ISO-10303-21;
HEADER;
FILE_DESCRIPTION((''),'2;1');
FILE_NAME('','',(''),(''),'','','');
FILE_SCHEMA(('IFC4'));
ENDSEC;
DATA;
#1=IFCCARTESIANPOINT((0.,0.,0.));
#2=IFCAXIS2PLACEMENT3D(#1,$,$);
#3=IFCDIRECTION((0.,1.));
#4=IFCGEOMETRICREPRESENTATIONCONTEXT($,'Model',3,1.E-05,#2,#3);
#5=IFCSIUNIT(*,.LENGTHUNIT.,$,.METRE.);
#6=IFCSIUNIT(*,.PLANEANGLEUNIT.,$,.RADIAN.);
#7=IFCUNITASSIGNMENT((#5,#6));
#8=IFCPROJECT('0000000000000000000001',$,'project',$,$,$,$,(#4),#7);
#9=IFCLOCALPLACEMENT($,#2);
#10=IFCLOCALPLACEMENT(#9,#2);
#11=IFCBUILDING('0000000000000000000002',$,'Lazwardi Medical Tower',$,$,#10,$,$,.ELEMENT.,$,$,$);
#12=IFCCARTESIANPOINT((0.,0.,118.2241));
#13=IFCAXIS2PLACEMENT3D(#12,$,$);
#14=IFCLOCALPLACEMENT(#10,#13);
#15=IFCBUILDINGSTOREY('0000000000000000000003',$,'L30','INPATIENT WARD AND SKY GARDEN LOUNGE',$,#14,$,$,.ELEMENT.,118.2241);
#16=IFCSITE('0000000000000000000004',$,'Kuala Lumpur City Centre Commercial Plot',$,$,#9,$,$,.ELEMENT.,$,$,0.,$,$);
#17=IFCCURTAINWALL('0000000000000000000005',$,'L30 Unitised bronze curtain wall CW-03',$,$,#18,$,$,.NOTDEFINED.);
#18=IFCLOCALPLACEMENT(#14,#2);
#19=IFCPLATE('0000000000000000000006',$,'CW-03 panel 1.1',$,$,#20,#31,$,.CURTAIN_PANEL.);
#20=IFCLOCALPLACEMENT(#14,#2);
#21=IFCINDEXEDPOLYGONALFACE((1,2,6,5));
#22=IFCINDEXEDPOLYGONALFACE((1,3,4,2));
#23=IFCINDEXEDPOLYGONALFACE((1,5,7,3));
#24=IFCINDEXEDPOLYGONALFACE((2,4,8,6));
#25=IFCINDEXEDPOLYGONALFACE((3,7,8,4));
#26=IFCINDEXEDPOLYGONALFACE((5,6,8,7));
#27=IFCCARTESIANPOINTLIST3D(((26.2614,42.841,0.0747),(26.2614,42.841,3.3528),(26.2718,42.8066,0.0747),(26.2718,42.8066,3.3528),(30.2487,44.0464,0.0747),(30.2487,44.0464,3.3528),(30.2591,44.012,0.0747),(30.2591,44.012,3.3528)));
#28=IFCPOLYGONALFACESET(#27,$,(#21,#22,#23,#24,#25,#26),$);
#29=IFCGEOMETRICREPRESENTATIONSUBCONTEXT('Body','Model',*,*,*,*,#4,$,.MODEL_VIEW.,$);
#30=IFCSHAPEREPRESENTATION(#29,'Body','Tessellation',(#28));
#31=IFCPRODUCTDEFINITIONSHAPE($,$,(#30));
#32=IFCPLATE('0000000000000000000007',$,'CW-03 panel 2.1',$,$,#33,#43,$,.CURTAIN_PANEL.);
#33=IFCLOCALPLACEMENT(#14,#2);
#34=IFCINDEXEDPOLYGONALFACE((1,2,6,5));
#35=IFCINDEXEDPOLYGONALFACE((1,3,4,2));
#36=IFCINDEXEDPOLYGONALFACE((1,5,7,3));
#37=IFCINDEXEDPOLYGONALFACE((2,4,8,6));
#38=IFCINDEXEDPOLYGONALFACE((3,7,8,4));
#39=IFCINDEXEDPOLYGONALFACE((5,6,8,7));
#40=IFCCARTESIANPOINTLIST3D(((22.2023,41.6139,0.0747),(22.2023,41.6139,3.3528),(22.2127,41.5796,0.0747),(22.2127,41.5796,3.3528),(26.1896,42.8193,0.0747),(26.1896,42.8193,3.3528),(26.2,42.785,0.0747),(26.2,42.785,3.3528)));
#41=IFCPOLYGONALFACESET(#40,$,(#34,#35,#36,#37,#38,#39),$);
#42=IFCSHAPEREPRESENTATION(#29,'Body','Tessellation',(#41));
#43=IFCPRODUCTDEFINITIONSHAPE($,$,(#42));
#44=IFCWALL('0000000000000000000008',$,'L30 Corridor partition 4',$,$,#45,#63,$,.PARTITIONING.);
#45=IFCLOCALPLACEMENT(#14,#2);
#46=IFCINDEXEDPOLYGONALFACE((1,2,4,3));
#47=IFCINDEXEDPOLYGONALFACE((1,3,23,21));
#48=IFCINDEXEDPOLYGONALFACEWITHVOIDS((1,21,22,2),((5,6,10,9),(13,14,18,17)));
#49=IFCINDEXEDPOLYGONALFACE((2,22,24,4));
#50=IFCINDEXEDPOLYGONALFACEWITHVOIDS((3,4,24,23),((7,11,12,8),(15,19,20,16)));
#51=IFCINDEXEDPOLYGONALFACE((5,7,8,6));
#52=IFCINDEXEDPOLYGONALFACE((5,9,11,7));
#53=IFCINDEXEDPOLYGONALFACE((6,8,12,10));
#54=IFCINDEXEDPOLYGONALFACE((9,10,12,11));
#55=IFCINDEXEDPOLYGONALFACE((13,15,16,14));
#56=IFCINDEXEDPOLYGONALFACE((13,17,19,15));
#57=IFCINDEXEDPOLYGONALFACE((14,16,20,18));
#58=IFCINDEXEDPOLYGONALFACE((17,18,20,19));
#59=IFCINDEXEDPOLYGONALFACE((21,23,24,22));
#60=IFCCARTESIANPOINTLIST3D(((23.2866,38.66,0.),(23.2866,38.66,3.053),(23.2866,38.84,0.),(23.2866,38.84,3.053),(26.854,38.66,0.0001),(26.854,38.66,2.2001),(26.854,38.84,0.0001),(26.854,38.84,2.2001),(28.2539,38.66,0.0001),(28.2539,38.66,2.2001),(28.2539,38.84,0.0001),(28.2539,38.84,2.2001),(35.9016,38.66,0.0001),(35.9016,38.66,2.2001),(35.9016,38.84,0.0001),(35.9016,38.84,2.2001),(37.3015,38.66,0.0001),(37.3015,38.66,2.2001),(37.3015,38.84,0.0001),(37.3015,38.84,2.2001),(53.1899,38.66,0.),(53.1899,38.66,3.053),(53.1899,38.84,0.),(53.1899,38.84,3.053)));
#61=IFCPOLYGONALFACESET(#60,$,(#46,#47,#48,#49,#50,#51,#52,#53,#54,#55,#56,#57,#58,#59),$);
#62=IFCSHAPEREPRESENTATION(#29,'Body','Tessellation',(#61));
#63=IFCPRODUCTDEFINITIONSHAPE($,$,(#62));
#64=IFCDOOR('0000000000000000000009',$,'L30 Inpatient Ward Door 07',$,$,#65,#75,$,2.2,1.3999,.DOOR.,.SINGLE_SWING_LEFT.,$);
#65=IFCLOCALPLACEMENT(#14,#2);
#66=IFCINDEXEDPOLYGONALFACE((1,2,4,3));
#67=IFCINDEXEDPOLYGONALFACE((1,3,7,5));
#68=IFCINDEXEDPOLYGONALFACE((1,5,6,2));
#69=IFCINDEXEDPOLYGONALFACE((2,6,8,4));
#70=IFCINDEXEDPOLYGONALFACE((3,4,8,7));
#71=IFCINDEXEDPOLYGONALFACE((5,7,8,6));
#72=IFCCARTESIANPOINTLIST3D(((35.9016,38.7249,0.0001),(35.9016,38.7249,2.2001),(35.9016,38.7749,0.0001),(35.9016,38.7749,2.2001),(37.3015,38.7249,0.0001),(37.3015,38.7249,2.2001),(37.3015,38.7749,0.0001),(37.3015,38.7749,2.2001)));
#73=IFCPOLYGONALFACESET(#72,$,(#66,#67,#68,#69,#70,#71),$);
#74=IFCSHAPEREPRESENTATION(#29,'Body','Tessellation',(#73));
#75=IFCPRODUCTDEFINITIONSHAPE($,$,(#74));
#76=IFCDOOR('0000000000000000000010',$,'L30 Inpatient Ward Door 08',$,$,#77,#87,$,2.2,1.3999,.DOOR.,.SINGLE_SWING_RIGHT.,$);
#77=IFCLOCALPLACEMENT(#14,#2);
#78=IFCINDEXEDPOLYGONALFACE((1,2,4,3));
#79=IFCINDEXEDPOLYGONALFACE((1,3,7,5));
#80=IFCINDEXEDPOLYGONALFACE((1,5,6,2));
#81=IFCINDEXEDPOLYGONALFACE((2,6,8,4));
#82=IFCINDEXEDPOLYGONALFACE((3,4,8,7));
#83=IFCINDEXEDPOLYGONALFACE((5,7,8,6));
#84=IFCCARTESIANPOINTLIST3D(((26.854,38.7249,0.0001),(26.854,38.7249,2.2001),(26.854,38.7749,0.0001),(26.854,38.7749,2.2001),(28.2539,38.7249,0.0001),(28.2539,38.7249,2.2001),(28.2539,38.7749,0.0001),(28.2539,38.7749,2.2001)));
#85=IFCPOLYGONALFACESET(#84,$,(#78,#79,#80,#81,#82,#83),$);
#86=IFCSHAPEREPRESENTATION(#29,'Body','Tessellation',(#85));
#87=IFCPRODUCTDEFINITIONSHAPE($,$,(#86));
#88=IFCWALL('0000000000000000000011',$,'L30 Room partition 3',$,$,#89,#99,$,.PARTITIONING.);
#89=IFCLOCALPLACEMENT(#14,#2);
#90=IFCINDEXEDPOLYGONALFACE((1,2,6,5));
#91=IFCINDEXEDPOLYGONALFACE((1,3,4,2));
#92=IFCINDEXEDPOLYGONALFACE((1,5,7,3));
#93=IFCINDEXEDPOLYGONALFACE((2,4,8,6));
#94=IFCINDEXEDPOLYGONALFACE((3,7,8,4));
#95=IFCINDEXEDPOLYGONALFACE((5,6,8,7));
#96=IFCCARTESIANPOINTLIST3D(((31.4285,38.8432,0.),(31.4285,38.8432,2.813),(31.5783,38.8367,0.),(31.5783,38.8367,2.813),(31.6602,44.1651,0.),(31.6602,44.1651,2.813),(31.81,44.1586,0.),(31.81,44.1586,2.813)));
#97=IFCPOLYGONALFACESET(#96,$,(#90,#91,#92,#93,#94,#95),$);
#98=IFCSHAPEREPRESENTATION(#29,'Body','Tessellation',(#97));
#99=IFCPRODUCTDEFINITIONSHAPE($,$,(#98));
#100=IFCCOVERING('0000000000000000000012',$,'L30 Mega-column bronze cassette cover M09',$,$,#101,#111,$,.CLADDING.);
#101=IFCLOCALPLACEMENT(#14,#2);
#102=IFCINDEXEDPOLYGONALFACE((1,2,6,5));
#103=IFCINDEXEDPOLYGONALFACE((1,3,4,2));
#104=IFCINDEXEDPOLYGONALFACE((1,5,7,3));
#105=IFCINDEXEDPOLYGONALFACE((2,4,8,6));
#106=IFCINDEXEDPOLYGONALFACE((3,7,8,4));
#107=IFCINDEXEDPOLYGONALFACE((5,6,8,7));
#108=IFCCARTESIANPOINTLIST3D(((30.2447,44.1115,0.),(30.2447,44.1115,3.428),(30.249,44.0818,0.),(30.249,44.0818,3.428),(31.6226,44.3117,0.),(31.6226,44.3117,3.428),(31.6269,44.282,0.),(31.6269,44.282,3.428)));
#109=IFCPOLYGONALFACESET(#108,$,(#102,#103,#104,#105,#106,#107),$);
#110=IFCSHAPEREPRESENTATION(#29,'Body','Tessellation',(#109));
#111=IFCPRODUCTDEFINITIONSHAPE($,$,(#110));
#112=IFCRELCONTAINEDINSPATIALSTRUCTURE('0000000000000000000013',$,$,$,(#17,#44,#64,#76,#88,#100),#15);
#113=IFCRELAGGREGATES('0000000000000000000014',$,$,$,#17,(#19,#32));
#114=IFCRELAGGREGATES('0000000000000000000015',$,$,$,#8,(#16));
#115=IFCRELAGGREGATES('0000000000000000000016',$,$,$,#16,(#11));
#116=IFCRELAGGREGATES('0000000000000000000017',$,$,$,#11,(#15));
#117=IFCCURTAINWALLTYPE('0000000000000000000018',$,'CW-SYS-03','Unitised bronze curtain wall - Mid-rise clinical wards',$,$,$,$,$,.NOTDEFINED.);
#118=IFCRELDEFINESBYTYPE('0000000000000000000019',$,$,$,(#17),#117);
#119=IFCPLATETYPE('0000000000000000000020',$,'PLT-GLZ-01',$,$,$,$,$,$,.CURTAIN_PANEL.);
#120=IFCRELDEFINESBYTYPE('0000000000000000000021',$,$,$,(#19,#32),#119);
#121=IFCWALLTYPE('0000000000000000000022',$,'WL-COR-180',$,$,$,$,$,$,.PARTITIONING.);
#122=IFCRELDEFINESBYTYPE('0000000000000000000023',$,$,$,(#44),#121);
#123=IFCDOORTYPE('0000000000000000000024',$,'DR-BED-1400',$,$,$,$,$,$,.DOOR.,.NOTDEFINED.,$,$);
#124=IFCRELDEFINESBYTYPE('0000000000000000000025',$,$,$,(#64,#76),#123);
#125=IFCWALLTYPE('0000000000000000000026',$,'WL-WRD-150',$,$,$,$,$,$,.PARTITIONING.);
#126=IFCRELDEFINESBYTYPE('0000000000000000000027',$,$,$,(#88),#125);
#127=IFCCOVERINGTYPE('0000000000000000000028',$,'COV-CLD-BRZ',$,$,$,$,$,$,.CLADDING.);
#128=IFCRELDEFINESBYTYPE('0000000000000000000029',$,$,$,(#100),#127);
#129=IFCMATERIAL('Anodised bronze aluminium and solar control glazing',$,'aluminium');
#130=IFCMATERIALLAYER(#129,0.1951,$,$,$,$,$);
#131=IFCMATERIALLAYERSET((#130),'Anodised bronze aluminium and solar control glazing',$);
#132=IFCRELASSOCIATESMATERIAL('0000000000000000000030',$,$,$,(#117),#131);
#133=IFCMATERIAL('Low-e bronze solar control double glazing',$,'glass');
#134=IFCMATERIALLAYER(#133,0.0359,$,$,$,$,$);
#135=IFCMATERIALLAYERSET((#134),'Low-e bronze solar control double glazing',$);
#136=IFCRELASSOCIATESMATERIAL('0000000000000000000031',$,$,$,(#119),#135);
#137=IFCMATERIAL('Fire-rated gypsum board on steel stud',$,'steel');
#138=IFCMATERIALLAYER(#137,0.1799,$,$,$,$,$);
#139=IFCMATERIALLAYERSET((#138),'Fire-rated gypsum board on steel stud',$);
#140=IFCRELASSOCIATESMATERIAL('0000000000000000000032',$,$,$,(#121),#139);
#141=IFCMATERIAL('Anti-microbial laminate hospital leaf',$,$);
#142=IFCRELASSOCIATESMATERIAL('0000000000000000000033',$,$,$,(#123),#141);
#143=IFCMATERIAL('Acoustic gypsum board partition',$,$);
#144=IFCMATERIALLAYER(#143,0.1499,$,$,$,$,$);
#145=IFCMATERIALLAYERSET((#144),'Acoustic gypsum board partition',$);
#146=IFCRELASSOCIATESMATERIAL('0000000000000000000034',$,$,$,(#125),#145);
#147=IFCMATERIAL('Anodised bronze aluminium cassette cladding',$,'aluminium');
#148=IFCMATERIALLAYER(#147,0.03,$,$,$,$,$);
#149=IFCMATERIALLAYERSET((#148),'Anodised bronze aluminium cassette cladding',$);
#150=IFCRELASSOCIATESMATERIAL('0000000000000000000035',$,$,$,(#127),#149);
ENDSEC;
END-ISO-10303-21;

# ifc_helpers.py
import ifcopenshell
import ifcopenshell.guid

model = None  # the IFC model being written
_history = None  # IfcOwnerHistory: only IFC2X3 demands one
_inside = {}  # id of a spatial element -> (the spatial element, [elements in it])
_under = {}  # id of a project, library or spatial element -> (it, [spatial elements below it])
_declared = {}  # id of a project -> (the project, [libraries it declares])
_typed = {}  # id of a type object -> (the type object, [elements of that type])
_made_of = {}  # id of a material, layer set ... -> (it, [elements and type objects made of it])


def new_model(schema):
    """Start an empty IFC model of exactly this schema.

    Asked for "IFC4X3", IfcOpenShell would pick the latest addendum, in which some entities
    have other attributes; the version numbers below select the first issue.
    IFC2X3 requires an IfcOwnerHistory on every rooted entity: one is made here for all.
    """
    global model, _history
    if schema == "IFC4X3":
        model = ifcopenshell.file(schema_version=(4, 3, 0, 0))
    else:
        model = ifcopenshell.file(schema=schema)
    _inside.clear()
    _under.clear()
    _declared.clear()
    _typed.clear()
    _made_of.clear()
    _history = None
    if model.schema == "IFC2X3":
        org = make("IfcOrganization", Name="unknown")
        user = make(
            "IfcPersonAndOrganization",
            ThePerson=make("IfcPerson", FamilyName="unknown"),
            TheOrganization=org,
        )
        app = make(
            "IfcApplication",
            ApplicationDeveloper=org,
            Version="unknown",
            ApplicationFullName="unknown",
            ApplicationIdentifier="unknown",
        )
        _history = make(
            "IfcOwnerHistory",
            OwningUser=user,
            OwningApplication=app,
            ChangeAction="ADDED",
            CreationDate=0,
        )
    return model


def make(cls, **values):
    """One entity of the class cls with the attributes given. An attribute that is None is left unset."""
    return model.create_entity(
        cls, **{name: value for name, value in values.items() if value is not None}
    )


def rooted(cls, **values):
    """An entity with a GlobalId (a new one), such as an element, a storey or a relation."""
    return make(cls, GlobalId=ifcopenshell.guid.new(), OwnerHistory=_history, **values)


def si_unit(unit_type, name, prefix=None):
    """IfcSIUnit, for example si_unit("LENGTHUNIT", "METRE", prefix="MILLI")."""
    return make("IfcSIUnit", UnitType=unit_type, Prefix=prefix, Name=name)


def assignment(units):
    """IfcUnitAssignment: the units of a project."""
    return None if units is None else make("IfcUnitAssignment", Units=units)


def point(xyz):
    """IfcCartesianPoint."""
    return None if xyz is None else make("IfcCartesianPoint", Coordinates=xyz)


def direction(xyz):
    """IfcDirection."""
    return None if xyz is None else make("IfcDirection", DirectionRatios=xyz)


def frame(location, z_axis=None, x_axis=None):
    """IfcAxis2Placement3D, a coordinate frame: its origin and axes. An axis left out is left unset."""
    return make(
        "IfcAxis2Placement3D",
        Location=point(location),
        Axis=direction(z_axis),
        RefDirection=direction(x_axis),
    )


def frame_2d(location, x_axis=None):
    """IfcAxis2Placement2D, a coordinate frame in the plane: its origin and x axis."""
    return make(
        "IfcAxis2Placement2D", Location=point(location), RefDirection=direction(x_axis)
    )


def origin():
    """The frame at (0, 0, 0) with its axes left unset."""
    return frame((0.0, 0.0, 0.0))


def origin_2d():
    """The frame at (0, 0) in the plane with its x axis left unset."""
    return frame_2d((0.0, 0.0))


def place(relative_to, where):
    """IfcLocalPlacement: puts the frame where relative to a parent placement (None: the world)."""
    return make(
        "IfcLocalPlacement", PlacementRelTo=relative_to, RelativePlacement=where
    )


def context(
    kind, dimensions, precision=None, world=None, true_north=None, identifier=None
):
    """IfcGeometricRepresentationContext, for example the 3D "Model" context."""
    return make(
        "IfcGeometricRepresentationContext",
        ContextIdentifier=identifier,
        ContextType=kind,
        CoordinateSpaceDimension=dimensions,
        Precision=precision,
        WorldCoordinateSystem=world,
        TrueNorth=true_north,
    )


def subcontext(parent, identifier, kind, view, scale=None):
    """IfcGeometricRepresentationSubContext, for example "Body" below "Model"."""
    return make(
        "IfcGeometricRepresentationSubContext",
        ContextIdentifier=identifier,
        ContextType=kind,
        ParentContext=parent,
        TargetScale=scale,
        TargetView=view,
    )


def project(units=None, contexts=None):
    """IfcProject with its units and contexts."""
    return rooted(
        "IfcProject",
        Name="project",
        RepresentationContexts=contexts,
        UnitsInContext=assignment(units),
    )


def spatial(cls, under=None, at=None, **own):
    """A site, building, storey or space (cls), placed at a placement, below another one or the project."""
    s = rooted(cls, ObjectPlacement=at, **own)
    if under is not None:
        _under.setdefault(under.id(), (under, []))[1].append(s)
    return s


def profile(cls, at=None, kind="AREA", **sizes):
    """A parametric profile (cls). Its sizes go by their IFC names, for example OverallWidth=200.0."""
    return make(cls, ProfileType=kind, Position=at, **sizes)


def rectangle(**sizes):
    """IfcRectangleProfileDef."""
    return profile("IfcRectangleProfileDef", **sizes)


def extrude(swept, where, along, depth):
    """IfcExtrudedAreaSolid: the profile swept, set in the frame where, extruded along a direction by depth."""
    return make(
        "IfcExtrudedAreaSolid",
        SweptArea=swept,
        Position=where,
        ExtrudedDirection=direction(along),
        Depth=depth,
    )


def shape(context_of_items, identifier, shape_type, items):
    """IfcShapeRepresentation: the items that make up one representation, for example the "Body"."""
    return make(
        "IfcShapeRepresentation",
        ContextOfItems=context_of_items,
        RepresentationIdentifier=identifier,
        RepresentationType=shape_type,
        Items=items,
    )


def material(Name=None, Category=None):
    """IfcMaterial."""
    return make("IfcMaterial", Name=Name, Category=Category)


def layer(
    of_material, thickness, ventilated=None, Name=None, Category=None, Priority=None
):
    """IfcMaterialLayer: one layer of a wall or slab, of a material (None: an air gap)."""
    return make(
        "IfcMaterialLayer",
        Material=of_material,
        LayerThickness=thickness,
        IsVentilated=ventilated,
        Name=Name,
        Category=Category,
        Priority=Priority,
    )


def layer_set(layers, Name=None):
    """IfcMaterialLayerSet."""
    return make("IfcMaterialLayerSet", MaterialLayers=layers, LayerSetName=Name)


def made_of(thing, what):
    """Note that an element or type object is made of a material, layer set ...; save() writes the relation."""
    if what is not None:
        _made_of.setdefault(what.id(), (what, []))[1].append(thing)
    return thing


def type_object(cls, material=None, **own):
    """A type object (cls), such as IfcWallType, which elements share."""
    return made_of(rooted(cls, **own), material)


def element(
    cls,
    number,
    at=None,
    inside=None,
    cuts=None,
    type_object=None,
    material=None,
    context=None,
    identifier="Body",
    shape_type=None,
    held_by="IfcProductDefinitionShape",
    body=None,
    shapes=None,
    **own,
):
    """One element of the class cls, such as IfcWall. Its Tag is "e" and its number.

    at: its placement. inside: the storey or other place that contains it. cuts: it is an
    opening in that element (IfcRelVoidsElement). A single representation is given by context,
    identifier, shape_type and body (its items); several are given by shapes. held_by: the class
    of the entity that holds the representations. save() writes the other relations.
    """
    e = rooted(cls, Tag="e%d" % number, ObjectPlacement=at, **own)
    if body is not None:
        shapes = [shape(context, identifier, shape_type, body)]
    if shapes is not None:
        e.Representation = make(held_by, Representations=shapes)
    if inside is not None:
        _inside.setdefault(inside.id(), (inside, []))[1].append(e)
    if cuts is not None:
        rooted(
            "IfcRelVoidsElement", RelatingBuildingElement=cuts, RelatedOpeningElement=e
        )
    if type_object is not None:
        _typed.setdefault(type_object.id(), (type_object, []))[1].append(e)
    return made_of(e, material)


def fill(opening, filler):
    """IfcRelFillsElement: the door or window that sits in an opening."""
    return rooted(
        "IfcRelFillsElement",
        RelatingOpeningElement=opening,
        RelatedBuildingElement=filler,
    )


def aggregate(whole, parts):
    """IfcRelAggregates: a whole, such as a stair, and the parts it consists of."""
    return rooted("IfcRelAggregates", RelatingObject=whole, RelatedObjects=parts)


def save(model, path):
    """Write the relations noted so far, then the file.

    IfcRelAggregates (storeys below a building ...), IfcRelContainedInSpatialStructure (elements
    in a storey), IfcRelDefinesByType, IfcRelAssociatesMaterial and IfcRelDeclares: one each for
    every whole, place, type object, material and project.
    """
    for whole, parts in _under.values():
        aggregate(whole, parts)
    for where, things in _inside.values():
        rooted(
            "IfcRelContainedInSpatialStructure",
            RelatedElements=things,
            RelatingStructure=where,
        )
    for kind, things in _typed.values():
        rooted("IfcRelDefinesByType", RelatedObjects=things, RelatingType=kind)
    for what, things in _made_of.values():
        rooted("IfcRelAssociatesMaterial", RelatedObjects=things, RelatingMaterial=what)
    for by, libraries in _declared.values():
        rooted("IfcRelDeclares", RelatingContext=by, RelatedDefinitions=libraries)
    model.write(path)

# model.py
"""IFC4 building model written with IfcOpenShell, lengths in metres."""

from ifc_helpers import new_model, si_unit, direction, frame, frame_2d, origin, origin_2d, place, context, subcontext, project, spatial, rectangle, extrude, material, layer, layer_set, type_object, element, fill, aggregate, save


model = new_model("IFC4")

# Units and contexts
model_context = context("Model", 3, precision=1e-05, world=origin(), true_north=direction((0.0, 1.0)))
body_context = subcontext(model_context, "Body", "Model", "MODEL_VIEW")
ifc_project = project(units=[si_unit("LENGTHUNIT", "METRE"), si_unit("PLANEANGLEUNIT", "RADIAN")], contexts=[model_context])

# Site, building, storey
site_placement = place(None, origin())
site = spatial("IfcSite", under=ifc_project, at=site_placement, Name="Kuala Lumpur City Centre Commercial Plot", CompositionType="ELEMENT", RefElevation=0.0)
building_placement = place(site_placement, origin())
building = spatial("IfcBuilding", under=site, at=building_placement, Name="Lazwardi Medical Tower", CompositionType="ELEMENT")
storey_placement = place(building_placement, frame((0.0, 0.0, 118.2241)))
storey = spatial("IfcBuildingStorey", under=building, at=storey_placement, Name="L30", Description="INPATIENT WARD AND SKY GARDEN LOUNGE", CompositionType="ELEMENT", Elevation=118.2241)

# Curtain wall
ifc_material_1 = material(Name="Anodised bronze aluminium and solar control glazing", Category="aluminium")
ifc_layer_1 = layer(ifc_material_1, 0.1951)
ifc_layer_set_1 = layer_set([ifc_layer_1], Name="Anodised bronze aluminium and solar control glazing")
curtain_wall_type_1 = type_object("IfcCurtainWallType", Name="CW-SYS-03", Description="Unitised bronze curtain wall - Mid-rise clinical wards", PredefinedType="NOTDEFINED", material=ifc_layer_set_1)
curtain_wall_1_placement = place(storey_placement, origin())
curtain_wall_1 = element("IfcCurtainWall", 1, at=curtain_wall_1_placement, inside=storey, type_object=curtain_wall_type_1, Name="L30 Unitised bronze curtain wall CW-03", PredefinedType="NOTDEFINED")

# Plates
ifc_material_2 = material(Name="Low-e bronze solar control double glazing", Category="glass")
ifc_layer_2 = layer(ifc_material_2, 0.0359)
ifc_layer_set_2 = layer_set([ifc_layer_2], Name="Low-e bronze solar control double glazing")
plate_type = type_object("IfcPlateType", Name="PLT-GLZ-01", PredefinedType="CURTAIN_PANEL", material=ifc_layer_set_2)
plate_1_placement = place(storey_placement, frame((28.2603, 43.4265, 0.0747), z_axis=(0.0, 0.0, 1.0), x_axis=(-0.957216, -0.289374, 0.0)))
plate_1 = element("IfcPlate", 2, at=plate_1_placement, type_object=plate_type, Name="CW-03 panel 1.1", PredefinedType="CURTAIN_PANEL", context=body_context, shape_type="SweptSolid", body=[
    extrude(rectangle(XDim=4.1655, YDim=0.0359, at=origin_2d()), origin(), (0.0, 0.0, 1.0), 3.2781),
])
plate_2_placement = place(storey_placement, frame((24.2012, 42.1995, 0.0747), z_axis=(0.0, 0.0, 1.0), x_axis=(-0.957216, -0.289374, 0.0)))
plate_2 = element("IfcPlate", 3, at=plate_2_placement, type_object=plate_type, Name="CW-03 panel 2.1", PredefinedType="CURTAIN_PANEL", context=body_context, shape_type="SweptSolid", body=[
    extrude(rectangle(XDim=4.1655, YDim=0.0359, at=origin_2d()), origin(), (0.0, 0.0, 1.0), 3.2781),
])
aggregate(curtain_wall_1, [plate_1, plate_2])

# Wall, openings, doors
ifc_material_3 = material(Name="Fire-rated gypsum board on steel stud", Category="steel")
ifc_layer_3 = layer(ifc_material_3, 0.1799)
ifc_layer_set_3 = layer_set([ifc_layer_3], Name="Fire-rated gypsum board on steel stud")
wall_type_1 = type_object("IfcWallType", Name="WL-COR-180", PredefinedType="PARTITIONING", material=ifc_layer_set_3)
wall_1_placement = place(storey_placement, frame((23.2866, 38.75, 0.0), z_axis=(0.0, 0.0, 1.0), x_axis=(1.0, 0.0, 0.0)))
wall_1 = element("IfcWall", 4, at=wall_1_placement, inside=storey, type_object=wall_type_1, Name="L30 Corridor partition 4", PredefinedType="PARTITIONING", context=body_context, shape_type="SweptSolid", body=[
    extrude(rectangle(XDim=29.9033, YDim=0.1799, at=frame_2d((14.9517, 0.0))), origin(), (0.0, 0.0, 1.0), 3.053),
])
opening_1_placement = place(wall_1_placement, frame((12.615, 0.0, 0.0)))
opening_1 = element("IfcOpeningElement", 5, at=opening_1_placement, cuts=wall_1, PredefinedType="OPENING", context=body_context, shape_type="SweptSolid", body=[
    extrude(rectangle(XDim=1.3999, YDim=2.2, at=frame_2d((0.7, 1.1001))), frame((0.0, 0.0999, 0.0), z_axis=(0.0, -1.0, 0.0), x_axis=(1.0, 0.0, 0.0)), (0.0, 0.0, 1.0), 0.2),
])
opening_2_placement = place(wall_1_placement, frame((3.5674, 0.0, 0.0)))
opening_2 = element("IfcOpeningElement", 6, at=opening_2_placement, cuts=wall_1, PredefinedType="OPENING", context=body_context, shape_type="SweptSolid", body=[
    extrude(rectangle(XDim=1.3999, YDim=2.2, at=frame_2d((0.7, 1.1001))), frame((0.0, 0.0999, 0.0), z_axis=(0.0, -1.0, 0.0), x_axis=(1.0, 0.0, 0.0)), (0.0, 0.0, 1.0), 0.2),
])
ifc_material_4 = material(Name="Anti-microbial laminate hospital leaf")
door_type = type_object("IfcDoorType", Name="DR-BED-1400", OperationType="NOTDEFINED", PredefinedType="DOOR", material=ifc_material_4)
door_1_placement = place(opening_1_placement, origin())
door_1 = element("IfcDoor", 7, at=door_1_placement, inside=storey, type_object=door_type, Name="L30 Inpatient Ward Door 07", OperationType="SINGLE_SWING_LEFT", OverallHeight=2.2, OverallWidth=1.3999, PredefinedType="DOOR", context=body_context, shape_type="SweptSolid", body=[
    extrude(rectangle(XDim=1.3999, YDim=2.2, at=frame_2d((0.7, 1.1001))), frame((0.0, 0.0249, 0.0), z_axis=(0.0, -1.0, 0.0), x_axis=(1.0, 0.0, 0.0)), (0.0, 0.0, 1.0), 0.05),
])
fill(opening_1, door_1)
door_2_placement = place(opening_2_placement, origin())
door_2 = element("IfcDoor", 8, at=door_2_placement, inside=storey, type_object=door_type, Name="L30 Inpatient Ward Door 08", OperationType="SINGLE_SWING_RIGHT", OverallHeight=2.2, OverallWidth=1.3999, PredefinedType="DOOR", context=body_context, shape_type="SweptSolid", body=[
    extrude(rectangle(XDim=1.3999, YDim=2.2, at=frame_2d((0.7, 1.1001))), frame((0.0, 0.0249, 0.0), z_axis=(0.0, -1.0, 0.0), x_axis=(1.0, 0.0, 0.0)), (0.0, 0.0, 1.0), 0.05),
])
fill(opening_2, door_2)

# Wall
ifc_material_5 = material(Name="Acoustic gypsum board partition")
ifc_layer_4 = layer(ifc_material_5, 0.1499)
ifc_layer_set_4 = layer_set([ifc_layer_4], Name="Acoustic gypsum board partition")
wall_type_2 = type_object("IfcWallType", Name="WL-WRD-150", PredefinedType="PARTITIONING", material=ifc_layer_set_4)
wall_2_placement = place(storey_placement, frame((31.5034, 38.8398, 0.0), z_axis=(0.0, 0.0, 1.0), x_axis=(0.043495, 0.999054, 0.0)))
element("IfcWall", 9, at=wall_2_placement, inside=storey, type_object=wall_type_2, Name="L30 Room partition 3", PredefinedType="PARTITIONING", context=body_context, shape_type="SweptSolid", body=[
    extrude(rectangle(XDim=5.3269, YDim=0.1499, at=frame_2d((2.6636, 0.0))), origin(), (0.0, 0.0, 1.0), 2.813),
])

# Covering
ifc_material_6 = material(Name="Anodised bronze aluminium cassette cladding", Category="aluminium")
ifc_layer_5 = layer(ifc_material_6, 0.03)
ifc_layer_set_5 = layer_set([ifc_layer_5], Name="Anodised bronze aluminium cassette cladding")
covering_type = type_object("IfcCoveringType", Name="COV-CLD-BRZ", PredefinedType="CLADDING", material=ifc_layer_set_5)
covering_placement = place(storey_placement, frame((30.9358, 44.1968, 0.0), z_axis=(0.0, 0.0, 1.0), x_axis=(-0.989609, -0.143785, 0.0)))
element("IfcCovering", 10, at=covering_placement, inside=storey, type_object=covering_type, Name="L30 Mega-column bronze cassette cover M09", PredefinedType="CLADDING", context=body_context, shape_type="SweptSolid", body=[
    extrude(rectangle(XDim=1.3923, YDim=0.03, at=origin_2d()), origin(), (0.0, 0.0, 1.0), 3.428),
])

save(model, "model.ifc")
